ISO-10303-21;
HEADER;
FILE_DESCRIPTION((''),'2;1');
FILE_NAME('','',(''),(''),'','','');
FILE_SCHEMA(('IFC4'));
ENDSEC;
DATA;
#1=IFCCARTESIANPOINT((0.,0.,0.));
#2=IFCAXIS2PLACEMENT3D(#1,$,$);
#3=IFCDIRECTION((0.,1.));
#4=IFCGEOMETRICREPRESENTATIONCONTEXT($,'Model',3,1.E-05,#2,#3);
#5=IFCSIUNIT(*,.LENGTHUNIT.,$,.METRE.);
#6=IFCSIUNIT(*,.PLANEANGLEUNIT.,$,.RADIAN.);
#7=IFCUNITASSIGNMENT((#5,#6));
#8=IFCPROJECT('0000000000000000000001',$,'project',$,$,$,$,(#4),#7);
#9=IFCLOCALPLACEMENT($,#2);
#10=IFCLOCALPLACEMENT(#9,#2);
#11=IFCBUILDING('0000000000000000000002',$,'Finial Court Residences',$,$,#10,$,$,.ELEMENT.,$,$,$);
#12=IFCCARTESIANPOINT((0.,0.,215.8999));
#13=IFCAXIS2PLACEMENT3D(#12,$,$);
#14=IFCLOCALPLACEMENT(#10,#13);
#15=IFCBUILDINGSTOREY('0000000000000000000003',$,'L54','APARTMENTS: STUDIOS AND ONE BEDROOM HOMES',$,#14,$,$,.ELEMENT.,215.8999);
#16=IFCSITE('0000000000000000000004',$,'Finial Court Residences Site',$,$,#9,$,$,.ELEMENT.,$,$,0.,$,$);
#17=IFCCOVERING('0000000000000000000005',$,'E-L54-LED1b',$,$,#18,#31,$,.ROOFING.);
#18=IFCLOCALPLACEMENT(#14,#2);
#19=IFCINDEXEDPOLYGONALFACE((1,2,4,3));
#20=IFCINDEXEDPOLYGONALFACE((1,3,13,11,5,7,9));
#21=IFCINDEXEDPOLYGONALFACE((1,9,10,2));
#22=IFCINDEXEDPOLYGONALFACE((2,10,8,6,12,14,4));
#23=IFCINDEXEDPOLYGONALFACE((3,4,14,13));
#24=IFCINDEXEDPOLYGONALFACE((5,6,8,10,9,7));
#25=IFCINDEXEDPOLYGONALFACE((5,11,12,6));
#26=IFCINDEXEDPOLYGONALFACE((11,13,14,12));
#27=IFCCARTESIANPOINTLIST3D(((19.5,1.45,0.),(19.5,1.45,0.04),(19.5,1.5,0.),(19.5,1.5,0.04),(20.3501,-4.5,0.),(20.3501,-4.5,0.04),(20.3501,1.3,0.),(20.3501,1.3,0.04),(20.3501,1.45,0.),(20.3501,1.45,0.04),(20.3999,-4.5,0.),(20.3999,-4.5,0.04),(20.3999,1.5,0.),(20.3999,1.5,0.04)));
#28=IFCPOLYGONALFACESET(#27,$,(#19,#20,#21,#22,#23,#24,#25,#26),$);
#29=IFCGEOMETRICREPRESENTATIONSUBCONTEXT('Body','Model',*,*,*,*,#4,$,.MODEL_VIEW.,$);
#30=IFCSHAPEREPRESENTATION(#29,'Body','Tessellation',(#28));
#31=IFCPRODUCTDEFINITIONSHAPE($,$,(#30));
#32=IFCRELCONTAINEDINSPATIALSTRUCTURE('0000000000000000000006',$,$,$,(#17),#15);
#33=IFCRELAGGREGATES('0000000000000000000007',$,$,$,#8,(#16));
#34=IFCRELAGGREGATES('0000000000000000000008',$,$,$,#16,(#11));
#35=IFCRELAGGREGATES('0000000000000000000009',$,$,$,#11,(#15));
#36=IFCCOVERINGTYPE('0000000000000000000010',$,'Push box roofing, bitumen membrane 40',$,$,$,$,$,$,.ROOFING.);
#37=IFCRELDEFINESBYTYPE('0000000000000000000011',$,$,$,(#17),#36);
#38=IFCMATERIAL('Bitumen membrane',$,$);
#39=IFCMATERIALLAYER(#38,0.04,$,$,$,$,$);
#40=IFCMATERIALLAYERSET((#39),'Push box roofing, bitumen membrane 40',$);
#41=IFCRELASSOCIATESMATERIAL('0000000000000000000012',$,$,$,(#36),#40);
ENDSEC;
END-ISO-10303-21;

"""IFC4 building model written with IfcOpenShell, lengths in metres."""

from ifc_helpers import new_model, si_unit, direction, frame, origin, place, context, subcontext, project, spatial, polyline, outline, extrude, material, layer, layer_set, type_object, element, save


model = new_model("IFC4")

# Units and contexts
model_context = context("Model", 3, precision=1e-05, world=origin(), true_north=direction((0.0, 1.0)))
body_context = subcontext(model_context, "Body", "Model", "MODEL_VIEW")
ifc_project = project(units=[si_unit("LENGTHUNIT", "METRE"), si_unit("PLANEANGLEUNIT", "RADIAN")], contexts=[model_context])

# Site, building, storey
site_placement = place(None, origin())
site = spatial("IfcSite", under=ifc_project, at=site_placement, Name="Finial Court Residences Site", CompositionType="ELEMENT", RefElevation=0.0)
building_placement = place(site_placement, origin())
building = spatial("IfcBuilding", under=site, at=building_placement, Name="Finial Court Residences", CompositionType="ELEMENT")
storey_placement = place(building_placement, frame((0.0, 0.0, 215.8999)))
storey = spatial("IfcBuildingStorey", under=building, at=storey_placement, Name="L54", Description="APARTMENTS: STUDIOS AND ONE BEDROOM HOMES", CompositionType="ELEMENT", Elevation=215.8999)

# Covering
ifc_material_1 = material(Name="Bitumen membrane")
ifc_layer_1 = layer(ifc_material_1, 0.04)
ifc_layer_set_1 = layer_set([ifc_layer_1], Name="Push box roofing, bitumen membrane 40")
covering_type_1 = type_object("IfcCoveringType", Name="Push box roofing, bitumen membrane 40", PredefinedType="ROOFING", material=ifc_layer_set_1)
covering_1_placement = place(storey_placement, origin())
element("IfcCovering", 1, at=covering_1_placement, inside=storey, type_object=covering_type_1, Name="E-L54-LED1b", PredefinedType="ROOFING", context=body_context, shape_type="SweptSolid", body=[
    extrude(outline(polyline([(19.5, 1.5), (20.3999, 1.5), (20.3999, -4.5), (20.3501, -4.5), (20.3501, 1.3), (20.3501, 1.3), (20.3501, 1.45), (19.5, 1.45), (19.5, 1.5)])), origin(), (0.0, 0.0, 1.0), 0.04),
])

save(model, "model.ifc")
